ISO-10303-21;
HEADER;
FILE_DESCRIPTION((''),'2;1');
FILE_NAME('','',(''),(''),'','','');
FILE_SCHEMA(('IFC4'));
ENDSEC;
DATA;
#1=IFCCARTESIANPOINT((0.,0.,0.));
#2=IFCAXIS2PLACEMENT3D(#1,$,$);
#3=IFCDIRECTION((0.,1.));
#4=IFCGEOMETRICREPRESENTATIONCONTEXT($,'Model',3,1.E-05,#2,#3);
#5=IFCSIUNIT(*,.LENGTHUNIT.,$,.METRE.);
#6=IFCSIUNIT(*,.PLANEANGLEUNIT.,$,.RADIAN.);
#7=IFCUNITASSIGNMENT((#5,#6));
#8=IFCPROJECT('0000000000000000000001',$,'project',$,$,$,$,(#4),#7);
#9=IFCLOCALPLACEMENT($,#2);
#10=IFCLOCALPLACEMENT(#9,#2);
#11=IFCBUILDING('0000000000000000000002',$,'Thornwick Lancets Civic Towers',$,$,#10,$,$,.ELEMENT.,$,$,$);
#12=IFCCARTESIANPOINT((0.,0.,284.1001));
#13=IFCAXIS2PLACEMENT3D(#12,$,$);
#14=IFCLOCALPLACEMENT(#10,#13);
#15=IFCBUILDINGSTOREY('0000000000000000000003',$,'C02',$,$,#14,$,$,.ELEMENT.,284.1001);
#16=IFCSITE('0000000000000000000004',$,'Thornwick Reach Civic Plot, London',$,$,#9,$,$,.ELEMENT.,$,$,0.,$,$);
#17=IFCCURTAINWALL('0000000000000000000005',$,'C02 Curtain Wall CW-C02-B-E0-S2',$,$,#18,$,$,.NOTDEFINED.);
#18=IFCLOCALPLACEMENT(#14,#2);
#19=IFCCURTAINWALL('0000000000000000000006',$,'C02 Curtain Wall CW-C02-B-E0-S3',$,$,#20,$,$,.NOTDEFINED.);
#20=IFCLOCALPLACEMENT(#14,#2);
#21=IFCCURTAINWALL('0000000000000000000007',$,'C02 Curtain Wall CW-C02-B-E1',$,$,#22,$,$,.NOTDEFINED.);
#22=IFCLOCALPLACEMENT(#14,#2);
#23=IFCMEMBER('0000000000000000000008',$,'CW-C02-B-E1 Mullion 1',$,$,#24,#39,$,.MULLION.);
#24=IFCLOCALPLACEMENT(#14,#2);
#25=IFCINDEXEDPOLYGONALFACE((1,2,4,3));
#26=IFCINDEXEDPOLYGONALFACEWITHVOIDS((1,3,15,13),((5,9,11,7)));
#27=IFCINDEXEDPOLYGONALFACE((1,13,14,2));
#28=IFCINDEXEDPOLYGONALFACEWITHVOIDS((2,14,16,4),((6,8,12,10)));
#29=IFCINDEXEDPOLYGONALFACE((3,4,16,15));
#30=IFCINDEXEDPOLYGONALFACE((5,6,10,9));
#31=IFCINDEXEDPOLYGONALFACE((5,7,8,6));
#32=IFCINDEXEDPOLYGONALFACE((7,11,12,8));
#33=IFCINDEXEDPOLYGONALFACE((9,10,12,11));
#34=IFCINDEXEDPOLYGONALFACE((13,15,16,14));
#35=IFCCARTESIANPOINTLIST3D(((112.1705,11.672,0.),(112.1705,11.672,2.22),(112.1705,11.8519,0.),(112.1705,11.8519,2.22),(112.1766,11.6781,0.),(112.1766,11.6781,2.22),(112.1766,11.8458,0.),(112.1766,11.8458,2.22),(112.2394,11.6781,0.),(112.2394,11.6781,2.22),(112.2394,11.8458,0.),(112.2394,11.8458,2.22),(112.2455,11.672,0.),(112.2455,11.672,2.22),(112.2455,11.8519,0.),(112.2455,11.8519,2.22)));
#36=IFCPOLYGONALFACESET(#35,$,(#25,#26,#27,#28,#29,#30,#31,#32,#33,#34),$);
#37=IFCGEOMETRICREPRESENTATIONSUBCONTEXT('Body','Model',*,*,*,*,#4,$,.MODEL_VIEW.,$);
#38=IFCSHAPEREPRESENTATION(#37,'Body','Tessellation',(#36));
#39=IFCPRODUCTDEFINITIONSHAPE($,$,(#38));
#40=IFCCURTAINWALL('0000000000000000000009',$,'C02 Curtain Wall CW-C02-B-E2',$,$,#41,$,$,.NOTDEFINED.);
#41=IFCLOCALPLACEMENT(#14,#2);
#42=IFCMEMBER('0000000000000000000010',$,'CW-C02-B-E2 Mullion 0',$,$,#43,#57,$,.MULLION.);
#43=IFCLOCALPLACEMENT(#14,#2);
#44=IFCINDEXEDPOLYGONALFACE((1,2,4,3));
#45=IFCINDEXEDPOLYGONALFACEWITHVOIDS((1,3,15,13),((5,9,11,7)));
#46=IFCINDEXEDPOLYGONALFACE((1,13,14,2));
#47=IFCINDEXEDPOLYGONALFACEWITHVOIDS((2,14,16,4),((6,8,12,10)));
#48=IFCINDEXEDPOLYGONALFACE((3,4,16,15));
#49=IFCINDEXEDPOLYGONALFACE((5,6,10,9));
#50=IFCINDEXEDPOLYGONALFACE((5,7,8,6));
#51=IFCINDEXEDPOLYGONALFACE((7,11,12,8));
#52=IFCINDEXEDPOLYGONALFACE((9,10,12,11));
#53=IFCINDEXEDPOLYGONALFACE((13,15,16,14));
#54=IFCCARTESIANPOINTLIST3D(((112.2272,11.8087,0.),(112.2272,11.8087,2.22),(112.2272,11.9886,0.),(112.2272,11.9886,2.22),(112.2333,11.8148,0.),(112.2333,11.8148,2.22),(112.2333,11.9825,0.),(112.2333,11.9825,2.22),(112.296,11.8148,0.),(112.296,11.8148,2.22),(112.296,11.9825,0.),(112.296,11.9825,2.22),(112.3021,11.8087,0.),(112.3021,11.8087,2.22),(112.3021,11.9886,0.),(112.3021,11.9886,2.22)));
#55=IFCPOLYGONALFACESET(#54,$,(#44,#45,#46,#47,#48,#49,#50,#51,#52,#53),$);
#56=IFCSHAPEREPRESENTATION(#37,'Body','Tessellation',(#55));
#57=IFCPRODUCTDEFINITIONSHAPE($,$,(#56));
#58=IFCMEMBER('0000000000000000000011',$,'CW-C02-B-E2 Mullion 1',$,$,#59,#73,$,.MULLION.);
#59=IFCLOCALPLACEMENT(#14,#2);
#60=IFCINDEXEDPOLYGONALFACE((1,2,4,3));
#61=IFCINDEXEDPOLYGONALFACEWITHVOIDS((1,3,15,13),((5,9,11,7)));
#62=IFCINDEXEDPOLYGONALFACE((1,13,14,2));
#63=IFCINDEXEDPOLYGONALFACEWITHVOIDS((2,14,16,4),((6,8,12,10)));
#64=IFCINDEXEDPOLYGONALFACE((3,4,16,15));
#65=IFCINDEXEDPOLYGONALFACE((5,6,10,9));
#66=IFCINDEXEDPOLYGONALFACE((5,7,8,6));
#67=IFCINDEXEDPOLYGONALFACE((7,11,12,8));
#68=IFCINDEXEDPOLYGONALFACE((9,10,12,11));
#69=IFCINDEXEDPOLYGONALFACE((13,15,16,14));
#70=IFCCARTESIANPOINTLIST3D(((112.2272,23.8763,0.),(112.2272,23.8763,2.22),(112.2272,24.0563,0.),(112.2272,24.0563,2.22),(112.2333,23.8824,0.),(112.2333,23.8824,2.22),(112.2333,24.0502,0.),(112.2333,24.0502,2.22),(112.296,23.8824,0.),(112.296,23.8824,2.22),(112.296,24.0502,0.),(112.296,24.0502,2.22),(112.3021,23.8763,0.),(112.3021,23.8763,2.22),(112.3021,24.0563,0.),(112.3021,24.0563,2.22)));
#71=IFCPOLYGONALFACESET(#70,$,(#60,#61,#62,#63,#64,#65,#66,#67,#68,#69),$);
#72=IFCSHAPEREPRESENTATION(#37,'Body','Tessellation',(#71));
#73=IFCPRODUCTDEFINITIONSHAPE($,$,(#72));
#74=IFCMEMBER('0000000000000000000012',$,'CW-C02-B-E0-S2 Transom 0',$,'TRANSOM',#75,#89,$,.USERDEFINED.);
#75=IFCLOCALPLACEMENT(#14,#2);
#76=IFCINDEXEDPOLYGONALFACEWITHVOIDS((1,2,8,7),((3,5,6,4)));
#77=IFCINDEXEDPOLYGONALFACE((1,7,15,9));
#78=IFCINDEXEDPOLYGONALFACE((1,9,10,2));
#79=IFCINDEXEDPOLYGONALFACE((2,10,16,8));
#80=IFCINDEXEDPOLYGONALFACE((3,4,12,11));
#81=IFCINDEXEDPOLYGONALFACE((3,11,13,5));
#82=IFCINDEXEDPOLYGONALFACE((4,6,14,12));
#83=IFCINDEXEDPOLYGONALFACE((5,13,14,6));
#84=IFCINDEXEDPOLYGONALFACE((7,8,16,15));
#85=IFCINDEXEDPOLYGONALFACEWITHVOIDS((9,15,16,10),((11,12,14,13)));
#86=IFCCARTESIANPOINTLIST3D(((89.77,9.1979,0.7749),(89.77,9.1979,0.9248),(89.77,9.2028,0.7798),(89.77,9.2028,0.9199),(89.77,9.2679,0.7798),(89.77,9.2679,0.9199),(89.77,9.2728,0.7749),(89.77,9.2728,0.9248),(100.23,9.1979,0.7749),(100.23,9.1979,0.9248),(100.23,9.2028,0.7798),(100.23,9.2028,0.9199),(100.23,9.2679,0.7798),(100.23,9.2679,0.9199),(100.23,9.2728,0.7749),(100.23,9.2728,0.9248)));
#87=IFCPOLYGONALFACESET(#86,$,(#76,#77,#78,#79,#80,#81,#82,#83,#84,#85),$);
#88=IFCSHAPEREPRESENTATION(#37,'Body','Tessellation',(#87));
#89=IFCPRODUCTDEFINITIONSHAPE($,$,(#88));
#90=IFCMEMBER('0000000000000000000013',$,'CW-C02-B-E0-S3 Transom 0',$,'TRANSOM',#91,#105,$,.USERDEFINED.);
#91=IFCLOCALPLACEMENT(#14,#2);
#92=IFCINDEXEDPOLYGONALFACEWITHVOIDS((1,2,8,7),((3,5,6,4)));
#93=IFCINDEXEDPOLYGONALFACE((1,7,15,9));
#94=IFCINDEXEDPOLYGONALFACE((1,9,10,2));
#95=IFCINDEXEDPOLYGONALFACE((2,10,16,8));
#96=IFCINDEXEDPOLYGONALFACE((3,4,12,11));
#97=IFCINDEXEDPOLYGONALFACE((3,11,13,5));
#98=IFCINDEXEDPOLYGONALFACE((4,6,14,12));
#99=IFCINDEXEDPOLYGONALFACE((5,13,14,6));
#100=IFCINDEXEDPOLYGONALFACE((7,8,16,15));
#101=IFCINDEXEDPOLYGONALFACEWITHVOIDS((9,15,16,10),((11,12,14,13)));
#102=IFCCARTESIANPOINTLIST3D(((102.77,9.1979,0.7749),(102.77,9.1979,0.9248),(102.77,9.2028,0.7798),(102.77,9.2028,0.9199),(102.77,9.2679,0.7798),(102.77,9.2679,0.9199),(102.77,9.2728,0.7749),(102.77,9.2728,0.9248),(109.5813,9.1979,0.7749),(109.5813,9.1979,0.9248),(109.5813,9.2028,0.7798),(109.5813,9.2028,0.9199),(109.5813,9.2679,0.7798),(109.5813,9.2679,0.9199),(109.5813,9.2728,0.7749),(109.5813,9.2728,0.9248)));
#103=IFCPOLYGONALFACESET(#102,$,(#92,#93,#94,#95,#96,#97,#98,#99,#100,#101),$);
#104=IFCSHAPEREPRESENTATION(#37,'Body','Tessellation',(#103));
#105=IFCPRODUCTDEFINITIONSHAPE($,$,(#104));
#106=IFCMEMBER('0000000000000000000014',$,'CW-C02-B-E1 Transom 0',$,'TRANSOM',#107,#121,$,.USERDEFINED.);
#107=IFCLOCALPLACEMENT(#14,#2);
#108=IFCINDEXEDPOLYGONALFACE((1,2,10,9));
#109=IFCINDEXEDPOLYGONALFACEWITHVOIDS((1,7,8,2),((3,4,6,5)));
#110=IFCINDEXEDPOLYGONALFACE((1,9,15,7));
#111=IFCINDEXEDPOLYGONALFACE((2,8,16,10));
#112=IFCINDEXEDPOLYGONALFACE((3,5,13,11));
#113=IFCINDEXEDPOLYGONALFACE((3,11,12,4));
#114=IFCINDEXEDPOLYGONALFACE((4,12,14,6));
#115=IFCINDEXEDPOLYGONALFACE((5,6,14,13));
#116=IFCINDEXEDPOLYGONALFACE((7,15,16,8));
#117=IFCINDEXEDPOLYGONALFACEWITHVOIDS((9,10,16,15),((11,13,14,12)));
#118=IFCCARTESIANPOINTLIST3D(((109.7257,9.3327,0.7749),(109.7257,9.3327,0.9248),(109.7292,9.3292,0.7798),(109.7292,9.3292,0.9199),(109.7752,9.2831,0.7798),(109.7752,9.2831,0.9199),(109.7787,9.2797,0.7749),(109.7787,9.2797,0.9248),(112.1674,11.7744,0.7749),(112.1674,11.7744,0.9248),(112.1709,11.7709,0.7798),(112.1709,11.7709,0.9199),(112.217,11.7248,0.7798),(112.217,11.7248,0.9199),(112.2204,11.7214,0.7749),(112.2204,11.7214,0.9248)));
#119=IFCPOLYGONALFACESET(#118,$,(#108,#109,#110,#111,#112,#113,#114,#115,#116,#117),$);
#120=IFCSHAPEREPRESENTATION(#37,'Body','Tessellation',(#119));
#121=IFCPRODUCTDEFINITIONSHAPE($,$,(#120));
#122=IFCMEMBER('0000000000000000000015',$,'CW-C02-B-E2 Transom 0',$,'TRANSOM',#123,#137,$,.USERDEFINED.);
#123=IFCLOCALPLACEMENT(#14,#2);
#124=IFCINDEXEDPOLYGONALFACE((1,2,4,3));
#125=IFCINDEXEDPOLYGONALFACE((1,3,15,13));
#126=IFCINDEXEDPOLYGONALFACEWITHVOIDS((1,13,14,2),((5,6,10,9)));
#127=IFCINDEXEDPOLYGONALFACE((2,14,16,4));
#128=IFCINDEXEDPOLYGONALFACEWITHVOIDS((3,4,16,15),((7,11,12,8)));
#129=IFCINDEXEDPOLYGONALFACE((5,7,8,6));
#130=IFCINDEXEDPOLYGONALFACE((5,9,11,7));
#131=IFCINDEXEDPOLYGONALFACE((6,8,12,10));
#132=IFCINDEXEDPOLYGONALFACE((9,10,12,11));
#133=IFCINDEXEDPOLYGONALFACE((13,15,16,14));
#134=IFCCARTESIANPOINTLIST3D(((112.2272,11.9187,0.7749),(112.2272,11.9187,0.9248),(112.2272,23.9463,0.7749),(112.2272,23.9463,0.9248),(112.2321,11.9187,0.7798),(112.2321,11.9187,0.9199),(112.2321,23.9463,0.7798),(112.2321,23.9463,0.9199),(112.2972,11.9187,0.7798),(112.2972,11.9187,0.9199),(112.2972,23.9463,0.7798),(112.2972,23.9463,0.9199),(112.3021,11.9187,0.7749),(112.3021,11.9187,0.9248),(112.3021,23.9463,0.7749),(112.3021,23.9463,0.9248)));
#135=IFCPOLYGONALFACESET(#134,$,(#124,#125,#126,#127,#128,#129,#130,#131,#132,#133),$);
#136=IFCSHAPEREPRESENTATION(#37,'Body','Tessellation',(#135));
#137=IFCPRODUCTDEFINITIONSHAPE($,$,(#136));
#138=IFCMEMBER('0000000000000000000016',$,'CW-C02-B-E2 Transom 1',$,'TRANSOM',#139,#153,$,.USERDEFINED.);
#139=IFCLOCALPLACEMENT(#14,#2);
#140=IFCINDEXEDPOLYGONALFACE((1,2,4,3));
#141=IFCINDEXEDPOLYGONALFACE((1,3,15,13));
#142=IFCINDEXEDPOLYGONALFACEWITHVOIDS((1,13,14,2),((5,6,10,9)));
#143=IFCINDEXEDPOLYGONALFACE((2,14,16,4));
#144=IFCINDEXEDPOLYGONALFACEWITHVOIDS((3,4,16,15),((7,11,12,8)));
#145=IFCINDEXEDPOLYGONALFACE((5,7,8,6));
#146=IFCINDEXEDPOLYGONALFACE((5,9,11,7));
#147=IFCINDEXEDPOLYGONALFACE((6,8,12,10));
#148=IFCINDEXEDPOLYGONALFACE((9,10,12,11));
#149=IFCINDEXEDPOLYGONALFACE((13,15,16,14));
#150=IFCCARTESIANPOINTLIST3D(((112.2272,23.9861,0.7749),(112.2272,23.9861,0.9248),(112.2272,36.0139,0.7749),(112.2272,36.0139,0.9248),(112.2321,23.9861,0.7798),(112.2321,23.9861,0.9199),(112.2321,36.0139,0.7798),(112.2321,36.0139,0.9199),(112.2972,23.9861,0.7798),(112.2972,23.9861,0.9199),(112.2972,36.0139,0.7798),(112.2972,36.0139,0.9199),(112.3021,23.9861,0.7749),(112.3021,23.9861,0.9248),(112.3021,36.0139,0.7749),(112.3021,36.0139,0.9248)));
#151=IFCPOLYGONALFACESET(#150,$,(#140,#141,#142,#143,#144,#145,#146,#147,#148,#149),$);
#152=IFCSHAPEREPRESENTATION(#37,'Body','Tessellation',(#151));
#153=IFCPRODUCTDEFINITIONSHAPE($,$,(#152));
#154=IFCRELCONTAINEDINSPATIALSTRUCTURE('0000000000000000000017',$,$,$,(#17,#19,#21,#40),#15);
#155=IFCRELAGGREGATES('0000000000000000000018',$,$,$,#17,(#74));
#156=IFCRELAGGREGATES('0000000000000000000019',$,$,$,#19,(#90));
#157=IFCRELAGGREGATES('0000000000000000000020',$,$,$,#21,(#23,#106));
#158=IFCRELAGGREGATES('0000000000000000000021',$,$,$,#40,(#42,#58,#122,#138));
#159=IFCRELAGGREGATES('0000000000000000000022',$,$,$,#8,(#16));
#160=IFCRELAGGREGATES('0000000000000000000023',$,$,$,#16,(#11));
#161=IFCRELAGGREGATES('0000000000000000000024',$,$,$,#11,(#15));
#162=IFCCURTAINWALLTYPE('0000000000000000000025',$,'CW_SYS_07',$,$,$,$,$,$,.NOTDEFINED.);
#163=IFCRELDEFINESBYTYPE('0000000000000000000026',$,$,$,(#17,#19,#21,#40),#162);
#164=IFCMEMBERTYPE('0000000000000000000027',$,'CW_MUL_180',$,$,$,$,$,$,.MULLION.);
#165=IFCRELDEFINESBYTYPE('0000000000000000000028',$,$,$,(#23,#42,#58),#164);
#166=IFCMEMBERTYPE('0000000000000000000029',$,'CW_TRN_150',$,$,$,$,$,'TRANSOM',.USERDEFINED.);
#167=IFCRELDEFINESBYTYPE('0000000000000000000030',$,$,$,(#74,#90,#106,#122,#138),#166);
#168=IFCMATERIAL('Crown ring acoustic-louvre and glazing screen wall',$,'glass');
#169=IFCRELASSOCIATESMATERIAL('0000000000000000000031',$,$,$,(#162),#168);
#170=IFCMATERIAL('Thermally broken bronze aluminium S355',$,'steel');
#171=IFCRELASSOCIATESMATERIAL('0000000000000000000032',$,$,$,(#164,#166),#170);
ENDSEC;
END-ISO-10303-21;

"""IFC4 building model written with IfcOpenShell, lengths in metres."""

from ifc_helpers import new_model, si_unit, direction, frame, origin, origin_2d, place, context, subcontext, project, spatial, hollow_rectangle, extrude, material, material_profile, profile_set, type_object, element, aggregate, save


model = new_model("IFC4")

# Units and contexts
model_context = context("Model", 3, precision=1e-05, world=origin(), true_north=direction((0.0, 1.0)))
body_context = subcontext(model_context, "Body", "Model", "MODEL_VIEW")
ifc_project = project(units=[si_unit("LENGTHUNIT", "METRE"), si_unit("PLANEANGLEUNIT", "RADIAN")], contexts=[model_context])

# Site, building, storey
site_placement = place(None, origin())
site = spatial("IfcSite", under=ifc_project, at=site_placement, Name="Thornwick Reach Civic Plot, London", CompositionType="ELEMENT", RefElevation=0.0)
building_placement = place(site_placement, origin())
building = spatial("IfcBuilding", under=site, at=building_placement, Name="Thornwick Lancets Civic Towers", CompositionType="ELEMENT")
storey_placement = place(building_placement, frame((0.0, 0.0, 284.1001)))
storey = spatial("IfcBuildingStorey", under=building, at=storey_placement, Name="C02", CompositionType="ELEMENT", Elevation=284.1001)

# Curtain walls, members
ifc_material_1 = material(Name="Crown ring acoustic-louvre and glazing screen wall", Category="glass")
curtain_wall_type = type_object("IfcCurtainWallType", Name="CW_SYS_07", PredefinedType="NOTDEFINED", material=ifc_material_1)
curtain_wall_1_placement = place(storey_placement, origin())
curtain_wall_1 = element("IfcCurtainWall", 1, at=curtain_wall_1_placement, inside=storey, type_object=curtain_wall_type, Name="C02 Curtain Wall CW-C02-B-E0-S2", PredefinedType="NOTDEFINED")
ifc_material_2 = material(Name="Thermally broken bronze aluminium S355", Category="steel")
ifc_material_profile_1 = material_profile(ifc_material_2, hollow_rectangle(XDim=0.075, YDim=0.1799, WallThickness=0.0061, at=origin_2d()), Name="RHS 180x75x6")
ifc_profile_set_1 = profile_set([ifc_material_profile_1], Name="Thermally broken bronze aluminium S355")
member_type_1 = type_object("IfcMemberType", Name="CW_MUL_180", PredefinedType="MULLION", material=ifc_profile_set_1)
curtain_wall_2_placement = place(storey_placement, origin())
curtain_wall_2 = element("IfcCurtainWall", 2, at=curtain_wall_2_placement, inside=storey, type_object=curtain_wall_type, Name="C02 Curtain Wall CW-C02-B-E0-S3", PredefinedType="NOTDEFINED")
curtain_wall_3_placement = place(storey_placement, origin())
curtain_wall_3 = element("IfcCurtainWall", 3, at=curtain_wall_3_placement, inside=storey, type_object=curtain_wall_type, Name="C02 Curtain Wall CW-C02-B-E1", PredefinedType="NOTDEFINED")
member_1_placement = place(storey_placement, frame((112.208, 11.762, 0.0), z_axis=(0.0, 0.0, 1.0), x_axis=(1.0, 0.0, 0.0)))
member_1 = element("IfcMember", 4, at=member_1_placement, type_object=member_type_1, Name="CW-C02-B-E1 Mullion 1", PredefinedType="MULLION", context=body_context, shape_type="SweptSolid", body=[
    extrude(hollow_rectangle(XDim=0.075, YDim=0.1799, WallThickness=0.0061, at=origin_2d()), origin(), (0.0, 0.0, 1.0), 2.22),
])
curtain_wall_4_placement = place(storey_placement, origin())
curtain_wall_4 = element("IfcCurtainWall", 5, at=curtain_wall_4_placement, inside=storey, type_object=curtain_wall_type, Name="C02 Curtain Wall CW-C02-B-E2", PredefinedType="NOTDEFINED")
member_2_placement = place(storey_placement, frame((112.2646, 11.8987, 0.0), z_axis=(0.0, 0.0, 1.0), x_axis=(1.0, 0.0, 0.0)))
member_2 = element("IfcMember", 6, at=member_2_placement, type_object=member_type_1, Name="CW-C02-B-E2 Mullion 0", PredefinedType="MULLION", context=body_context, shape_type="SweptSolid", body=[
    extrude(hollow_rectangle(XDim=0.075, YDim=0.1799, WallThickness=0.0061, at=origin_2d()), origin(), (0.0, 0.0, 1.0), 2.22),
])
member_3_placement = place(storey_placement, frame((112.2646, 23.9663, 0.0), z_axis=(0.0, 0.0, 1.0), x_axis=(1.0, 0.0, 0.0)))
member_3 = element("IfcMember", 7, at=member_3_placement, type_object=member_type_1, Name="CW-C02-B-E2 Mullion 1", PredefinedType="MULLION", context=body_context, shape_type="SweptSolid", body=[
    extrude(hollow_rectangle(XDim=0.075, YDim=0.1799, WallThickness=0.0061, at=origin_2d()), origin(), (0.0, 0.0, 1.0), 2.22),
])

# Members
ifc_material_profile_2 = material_profile(ifc_material_2, hollow_rectangle(XDim=0.075, YDim=0.1499, WallThickness=0.0049, at=origin_2d()), Name="RHS 150x75x5")
ifc_profile_set_2 = profile_set([ifc_material_profile_2], Name="Thermally broken bronze aluminium S355")
member_type_2 = type_object("IfcMemberType", Name="CW_TRN_150", ElementType="TRANSOM", PredefinedType="USERDEFINED", material=ifc_profile_set_2)
member_4_placement = place(storey_placement, frame((89.77, 9.2354, 0.8499), z_axis=(1.0, 0.0, 0.0), x_axis=(0.0, 1.0, 0.0)))
member_4 = element("IfcMember", 8, at=member_4_placement, type_object=member_type_2, Name="CW-C02-B-E0-S2 Transom 0", ObjectType="TRANSOM", PredefinedType="USERDEFINED", context=body_context, shape_type="SweptSolid", body=[
    extrude(hollow_rectangle(XDim=0.075, YDim=0.1499, WallThickness=0.0049, at=origin_2d()), origin(), (0.0, 0.0, 1.0), 10.46),
])
member_5_placement = place(storey_placement, frame((102.77, 9.2354, 0.8499), z_axis=(1.0, 0.0, 0.0), x_axis=(0.0, 1.0, 0.0)))
member_5 = element("IfcMember", 9, at=member_5_placement, type_object=member_type_2, Name="CW-C02-B-E0-S3 Transom 0", ObjectType="TRANSOM", PredefinedType="USERDEFINED", context=body_context, shape_type="SweptSolid", body=[
    extrude(hollow_rectangle(XDim=0.075, YDim=0.1499, WallThickness=0.0049, at=origin_2d()), origin(), (0.0, 0.0, 1.0), 6.8113),
])
member_6_placement = place(storey_placement, frame((109.7522, 9.3062, 0.8499), z_axis=(0.707107, 0.707107, 0.0), x_axis=(-0.707107, 0.707107, 0.0)))
member_6 = element("IfcMember", 10, at=member_6_placement, type_object=member_type_2, Name="CW-C02-B-E1 Transom 0", ObjectType="TRANSOM", PredefinedType="USERDEFINED", context=body_context, shape_type="SweptSolid", body=[
    extrude(hollow_rectangle(XDim=0.075, YDim=0.1499, WallThickness=0.0049, at=origin_2d()), origin(), (0.0, 0.0, 1.0), 3.4531),
])
member_7_placement = place(storey_placement, frame((112.2646, 11.9187, 0.8499), z_axis=(0.0, 1.0, 0.0), x_axis=(-1.0, 0.0, 0.0)))
member_7 = element("IfcMember", 11, at=member_7_placement, type_object=member_type_2, Name="CW-C02-B-E2 Transom 0", ObjectType="TRANSOM", PredefinedType="USERDEFINED", context=body_context, shape_type="SweptSolid", body=[
    extrude(hollow_rectangle(XDim=0.075, YDim=0.1499, WallThickness=0.0049, at=origin_2d()), origin(), (0.0, 0.0, 1.0), 12.0276),
])
member_8_placement = place(storey_placement, frame((112.2646, 23.9861, 0.8499), z_axis=(0.0, 1.0, 0.0), x_axis=(-1.0, 0.0, 0.0)))
member_8 = element("IfcMember", 12, at=member_8_placement, type_object=member_type_2, Name="CW-C02-B-E2 Transom 1", ObjectType="TRANSOM", PredefinedType="USERDEFINED", context=body_context, shape_type="SweptSolid", body=[
    extrude(hollow_rectangle(XDim=0.075, YDim=0.1499, WallThickness=0.0049, at=origin_2d()), origin(), (0.0, 0.0, 1.0), 12.0278),
])

aggregate(curtain_wall_1, [member_4])
aggregate(curtain_wall_2, [member_5])
aggregate(curtain_wall_3, [member_1, member_6])
aggregate(curtain_wall_4, [member_2, member_3, member_7, member_8])

save(model, "model.ifc")
